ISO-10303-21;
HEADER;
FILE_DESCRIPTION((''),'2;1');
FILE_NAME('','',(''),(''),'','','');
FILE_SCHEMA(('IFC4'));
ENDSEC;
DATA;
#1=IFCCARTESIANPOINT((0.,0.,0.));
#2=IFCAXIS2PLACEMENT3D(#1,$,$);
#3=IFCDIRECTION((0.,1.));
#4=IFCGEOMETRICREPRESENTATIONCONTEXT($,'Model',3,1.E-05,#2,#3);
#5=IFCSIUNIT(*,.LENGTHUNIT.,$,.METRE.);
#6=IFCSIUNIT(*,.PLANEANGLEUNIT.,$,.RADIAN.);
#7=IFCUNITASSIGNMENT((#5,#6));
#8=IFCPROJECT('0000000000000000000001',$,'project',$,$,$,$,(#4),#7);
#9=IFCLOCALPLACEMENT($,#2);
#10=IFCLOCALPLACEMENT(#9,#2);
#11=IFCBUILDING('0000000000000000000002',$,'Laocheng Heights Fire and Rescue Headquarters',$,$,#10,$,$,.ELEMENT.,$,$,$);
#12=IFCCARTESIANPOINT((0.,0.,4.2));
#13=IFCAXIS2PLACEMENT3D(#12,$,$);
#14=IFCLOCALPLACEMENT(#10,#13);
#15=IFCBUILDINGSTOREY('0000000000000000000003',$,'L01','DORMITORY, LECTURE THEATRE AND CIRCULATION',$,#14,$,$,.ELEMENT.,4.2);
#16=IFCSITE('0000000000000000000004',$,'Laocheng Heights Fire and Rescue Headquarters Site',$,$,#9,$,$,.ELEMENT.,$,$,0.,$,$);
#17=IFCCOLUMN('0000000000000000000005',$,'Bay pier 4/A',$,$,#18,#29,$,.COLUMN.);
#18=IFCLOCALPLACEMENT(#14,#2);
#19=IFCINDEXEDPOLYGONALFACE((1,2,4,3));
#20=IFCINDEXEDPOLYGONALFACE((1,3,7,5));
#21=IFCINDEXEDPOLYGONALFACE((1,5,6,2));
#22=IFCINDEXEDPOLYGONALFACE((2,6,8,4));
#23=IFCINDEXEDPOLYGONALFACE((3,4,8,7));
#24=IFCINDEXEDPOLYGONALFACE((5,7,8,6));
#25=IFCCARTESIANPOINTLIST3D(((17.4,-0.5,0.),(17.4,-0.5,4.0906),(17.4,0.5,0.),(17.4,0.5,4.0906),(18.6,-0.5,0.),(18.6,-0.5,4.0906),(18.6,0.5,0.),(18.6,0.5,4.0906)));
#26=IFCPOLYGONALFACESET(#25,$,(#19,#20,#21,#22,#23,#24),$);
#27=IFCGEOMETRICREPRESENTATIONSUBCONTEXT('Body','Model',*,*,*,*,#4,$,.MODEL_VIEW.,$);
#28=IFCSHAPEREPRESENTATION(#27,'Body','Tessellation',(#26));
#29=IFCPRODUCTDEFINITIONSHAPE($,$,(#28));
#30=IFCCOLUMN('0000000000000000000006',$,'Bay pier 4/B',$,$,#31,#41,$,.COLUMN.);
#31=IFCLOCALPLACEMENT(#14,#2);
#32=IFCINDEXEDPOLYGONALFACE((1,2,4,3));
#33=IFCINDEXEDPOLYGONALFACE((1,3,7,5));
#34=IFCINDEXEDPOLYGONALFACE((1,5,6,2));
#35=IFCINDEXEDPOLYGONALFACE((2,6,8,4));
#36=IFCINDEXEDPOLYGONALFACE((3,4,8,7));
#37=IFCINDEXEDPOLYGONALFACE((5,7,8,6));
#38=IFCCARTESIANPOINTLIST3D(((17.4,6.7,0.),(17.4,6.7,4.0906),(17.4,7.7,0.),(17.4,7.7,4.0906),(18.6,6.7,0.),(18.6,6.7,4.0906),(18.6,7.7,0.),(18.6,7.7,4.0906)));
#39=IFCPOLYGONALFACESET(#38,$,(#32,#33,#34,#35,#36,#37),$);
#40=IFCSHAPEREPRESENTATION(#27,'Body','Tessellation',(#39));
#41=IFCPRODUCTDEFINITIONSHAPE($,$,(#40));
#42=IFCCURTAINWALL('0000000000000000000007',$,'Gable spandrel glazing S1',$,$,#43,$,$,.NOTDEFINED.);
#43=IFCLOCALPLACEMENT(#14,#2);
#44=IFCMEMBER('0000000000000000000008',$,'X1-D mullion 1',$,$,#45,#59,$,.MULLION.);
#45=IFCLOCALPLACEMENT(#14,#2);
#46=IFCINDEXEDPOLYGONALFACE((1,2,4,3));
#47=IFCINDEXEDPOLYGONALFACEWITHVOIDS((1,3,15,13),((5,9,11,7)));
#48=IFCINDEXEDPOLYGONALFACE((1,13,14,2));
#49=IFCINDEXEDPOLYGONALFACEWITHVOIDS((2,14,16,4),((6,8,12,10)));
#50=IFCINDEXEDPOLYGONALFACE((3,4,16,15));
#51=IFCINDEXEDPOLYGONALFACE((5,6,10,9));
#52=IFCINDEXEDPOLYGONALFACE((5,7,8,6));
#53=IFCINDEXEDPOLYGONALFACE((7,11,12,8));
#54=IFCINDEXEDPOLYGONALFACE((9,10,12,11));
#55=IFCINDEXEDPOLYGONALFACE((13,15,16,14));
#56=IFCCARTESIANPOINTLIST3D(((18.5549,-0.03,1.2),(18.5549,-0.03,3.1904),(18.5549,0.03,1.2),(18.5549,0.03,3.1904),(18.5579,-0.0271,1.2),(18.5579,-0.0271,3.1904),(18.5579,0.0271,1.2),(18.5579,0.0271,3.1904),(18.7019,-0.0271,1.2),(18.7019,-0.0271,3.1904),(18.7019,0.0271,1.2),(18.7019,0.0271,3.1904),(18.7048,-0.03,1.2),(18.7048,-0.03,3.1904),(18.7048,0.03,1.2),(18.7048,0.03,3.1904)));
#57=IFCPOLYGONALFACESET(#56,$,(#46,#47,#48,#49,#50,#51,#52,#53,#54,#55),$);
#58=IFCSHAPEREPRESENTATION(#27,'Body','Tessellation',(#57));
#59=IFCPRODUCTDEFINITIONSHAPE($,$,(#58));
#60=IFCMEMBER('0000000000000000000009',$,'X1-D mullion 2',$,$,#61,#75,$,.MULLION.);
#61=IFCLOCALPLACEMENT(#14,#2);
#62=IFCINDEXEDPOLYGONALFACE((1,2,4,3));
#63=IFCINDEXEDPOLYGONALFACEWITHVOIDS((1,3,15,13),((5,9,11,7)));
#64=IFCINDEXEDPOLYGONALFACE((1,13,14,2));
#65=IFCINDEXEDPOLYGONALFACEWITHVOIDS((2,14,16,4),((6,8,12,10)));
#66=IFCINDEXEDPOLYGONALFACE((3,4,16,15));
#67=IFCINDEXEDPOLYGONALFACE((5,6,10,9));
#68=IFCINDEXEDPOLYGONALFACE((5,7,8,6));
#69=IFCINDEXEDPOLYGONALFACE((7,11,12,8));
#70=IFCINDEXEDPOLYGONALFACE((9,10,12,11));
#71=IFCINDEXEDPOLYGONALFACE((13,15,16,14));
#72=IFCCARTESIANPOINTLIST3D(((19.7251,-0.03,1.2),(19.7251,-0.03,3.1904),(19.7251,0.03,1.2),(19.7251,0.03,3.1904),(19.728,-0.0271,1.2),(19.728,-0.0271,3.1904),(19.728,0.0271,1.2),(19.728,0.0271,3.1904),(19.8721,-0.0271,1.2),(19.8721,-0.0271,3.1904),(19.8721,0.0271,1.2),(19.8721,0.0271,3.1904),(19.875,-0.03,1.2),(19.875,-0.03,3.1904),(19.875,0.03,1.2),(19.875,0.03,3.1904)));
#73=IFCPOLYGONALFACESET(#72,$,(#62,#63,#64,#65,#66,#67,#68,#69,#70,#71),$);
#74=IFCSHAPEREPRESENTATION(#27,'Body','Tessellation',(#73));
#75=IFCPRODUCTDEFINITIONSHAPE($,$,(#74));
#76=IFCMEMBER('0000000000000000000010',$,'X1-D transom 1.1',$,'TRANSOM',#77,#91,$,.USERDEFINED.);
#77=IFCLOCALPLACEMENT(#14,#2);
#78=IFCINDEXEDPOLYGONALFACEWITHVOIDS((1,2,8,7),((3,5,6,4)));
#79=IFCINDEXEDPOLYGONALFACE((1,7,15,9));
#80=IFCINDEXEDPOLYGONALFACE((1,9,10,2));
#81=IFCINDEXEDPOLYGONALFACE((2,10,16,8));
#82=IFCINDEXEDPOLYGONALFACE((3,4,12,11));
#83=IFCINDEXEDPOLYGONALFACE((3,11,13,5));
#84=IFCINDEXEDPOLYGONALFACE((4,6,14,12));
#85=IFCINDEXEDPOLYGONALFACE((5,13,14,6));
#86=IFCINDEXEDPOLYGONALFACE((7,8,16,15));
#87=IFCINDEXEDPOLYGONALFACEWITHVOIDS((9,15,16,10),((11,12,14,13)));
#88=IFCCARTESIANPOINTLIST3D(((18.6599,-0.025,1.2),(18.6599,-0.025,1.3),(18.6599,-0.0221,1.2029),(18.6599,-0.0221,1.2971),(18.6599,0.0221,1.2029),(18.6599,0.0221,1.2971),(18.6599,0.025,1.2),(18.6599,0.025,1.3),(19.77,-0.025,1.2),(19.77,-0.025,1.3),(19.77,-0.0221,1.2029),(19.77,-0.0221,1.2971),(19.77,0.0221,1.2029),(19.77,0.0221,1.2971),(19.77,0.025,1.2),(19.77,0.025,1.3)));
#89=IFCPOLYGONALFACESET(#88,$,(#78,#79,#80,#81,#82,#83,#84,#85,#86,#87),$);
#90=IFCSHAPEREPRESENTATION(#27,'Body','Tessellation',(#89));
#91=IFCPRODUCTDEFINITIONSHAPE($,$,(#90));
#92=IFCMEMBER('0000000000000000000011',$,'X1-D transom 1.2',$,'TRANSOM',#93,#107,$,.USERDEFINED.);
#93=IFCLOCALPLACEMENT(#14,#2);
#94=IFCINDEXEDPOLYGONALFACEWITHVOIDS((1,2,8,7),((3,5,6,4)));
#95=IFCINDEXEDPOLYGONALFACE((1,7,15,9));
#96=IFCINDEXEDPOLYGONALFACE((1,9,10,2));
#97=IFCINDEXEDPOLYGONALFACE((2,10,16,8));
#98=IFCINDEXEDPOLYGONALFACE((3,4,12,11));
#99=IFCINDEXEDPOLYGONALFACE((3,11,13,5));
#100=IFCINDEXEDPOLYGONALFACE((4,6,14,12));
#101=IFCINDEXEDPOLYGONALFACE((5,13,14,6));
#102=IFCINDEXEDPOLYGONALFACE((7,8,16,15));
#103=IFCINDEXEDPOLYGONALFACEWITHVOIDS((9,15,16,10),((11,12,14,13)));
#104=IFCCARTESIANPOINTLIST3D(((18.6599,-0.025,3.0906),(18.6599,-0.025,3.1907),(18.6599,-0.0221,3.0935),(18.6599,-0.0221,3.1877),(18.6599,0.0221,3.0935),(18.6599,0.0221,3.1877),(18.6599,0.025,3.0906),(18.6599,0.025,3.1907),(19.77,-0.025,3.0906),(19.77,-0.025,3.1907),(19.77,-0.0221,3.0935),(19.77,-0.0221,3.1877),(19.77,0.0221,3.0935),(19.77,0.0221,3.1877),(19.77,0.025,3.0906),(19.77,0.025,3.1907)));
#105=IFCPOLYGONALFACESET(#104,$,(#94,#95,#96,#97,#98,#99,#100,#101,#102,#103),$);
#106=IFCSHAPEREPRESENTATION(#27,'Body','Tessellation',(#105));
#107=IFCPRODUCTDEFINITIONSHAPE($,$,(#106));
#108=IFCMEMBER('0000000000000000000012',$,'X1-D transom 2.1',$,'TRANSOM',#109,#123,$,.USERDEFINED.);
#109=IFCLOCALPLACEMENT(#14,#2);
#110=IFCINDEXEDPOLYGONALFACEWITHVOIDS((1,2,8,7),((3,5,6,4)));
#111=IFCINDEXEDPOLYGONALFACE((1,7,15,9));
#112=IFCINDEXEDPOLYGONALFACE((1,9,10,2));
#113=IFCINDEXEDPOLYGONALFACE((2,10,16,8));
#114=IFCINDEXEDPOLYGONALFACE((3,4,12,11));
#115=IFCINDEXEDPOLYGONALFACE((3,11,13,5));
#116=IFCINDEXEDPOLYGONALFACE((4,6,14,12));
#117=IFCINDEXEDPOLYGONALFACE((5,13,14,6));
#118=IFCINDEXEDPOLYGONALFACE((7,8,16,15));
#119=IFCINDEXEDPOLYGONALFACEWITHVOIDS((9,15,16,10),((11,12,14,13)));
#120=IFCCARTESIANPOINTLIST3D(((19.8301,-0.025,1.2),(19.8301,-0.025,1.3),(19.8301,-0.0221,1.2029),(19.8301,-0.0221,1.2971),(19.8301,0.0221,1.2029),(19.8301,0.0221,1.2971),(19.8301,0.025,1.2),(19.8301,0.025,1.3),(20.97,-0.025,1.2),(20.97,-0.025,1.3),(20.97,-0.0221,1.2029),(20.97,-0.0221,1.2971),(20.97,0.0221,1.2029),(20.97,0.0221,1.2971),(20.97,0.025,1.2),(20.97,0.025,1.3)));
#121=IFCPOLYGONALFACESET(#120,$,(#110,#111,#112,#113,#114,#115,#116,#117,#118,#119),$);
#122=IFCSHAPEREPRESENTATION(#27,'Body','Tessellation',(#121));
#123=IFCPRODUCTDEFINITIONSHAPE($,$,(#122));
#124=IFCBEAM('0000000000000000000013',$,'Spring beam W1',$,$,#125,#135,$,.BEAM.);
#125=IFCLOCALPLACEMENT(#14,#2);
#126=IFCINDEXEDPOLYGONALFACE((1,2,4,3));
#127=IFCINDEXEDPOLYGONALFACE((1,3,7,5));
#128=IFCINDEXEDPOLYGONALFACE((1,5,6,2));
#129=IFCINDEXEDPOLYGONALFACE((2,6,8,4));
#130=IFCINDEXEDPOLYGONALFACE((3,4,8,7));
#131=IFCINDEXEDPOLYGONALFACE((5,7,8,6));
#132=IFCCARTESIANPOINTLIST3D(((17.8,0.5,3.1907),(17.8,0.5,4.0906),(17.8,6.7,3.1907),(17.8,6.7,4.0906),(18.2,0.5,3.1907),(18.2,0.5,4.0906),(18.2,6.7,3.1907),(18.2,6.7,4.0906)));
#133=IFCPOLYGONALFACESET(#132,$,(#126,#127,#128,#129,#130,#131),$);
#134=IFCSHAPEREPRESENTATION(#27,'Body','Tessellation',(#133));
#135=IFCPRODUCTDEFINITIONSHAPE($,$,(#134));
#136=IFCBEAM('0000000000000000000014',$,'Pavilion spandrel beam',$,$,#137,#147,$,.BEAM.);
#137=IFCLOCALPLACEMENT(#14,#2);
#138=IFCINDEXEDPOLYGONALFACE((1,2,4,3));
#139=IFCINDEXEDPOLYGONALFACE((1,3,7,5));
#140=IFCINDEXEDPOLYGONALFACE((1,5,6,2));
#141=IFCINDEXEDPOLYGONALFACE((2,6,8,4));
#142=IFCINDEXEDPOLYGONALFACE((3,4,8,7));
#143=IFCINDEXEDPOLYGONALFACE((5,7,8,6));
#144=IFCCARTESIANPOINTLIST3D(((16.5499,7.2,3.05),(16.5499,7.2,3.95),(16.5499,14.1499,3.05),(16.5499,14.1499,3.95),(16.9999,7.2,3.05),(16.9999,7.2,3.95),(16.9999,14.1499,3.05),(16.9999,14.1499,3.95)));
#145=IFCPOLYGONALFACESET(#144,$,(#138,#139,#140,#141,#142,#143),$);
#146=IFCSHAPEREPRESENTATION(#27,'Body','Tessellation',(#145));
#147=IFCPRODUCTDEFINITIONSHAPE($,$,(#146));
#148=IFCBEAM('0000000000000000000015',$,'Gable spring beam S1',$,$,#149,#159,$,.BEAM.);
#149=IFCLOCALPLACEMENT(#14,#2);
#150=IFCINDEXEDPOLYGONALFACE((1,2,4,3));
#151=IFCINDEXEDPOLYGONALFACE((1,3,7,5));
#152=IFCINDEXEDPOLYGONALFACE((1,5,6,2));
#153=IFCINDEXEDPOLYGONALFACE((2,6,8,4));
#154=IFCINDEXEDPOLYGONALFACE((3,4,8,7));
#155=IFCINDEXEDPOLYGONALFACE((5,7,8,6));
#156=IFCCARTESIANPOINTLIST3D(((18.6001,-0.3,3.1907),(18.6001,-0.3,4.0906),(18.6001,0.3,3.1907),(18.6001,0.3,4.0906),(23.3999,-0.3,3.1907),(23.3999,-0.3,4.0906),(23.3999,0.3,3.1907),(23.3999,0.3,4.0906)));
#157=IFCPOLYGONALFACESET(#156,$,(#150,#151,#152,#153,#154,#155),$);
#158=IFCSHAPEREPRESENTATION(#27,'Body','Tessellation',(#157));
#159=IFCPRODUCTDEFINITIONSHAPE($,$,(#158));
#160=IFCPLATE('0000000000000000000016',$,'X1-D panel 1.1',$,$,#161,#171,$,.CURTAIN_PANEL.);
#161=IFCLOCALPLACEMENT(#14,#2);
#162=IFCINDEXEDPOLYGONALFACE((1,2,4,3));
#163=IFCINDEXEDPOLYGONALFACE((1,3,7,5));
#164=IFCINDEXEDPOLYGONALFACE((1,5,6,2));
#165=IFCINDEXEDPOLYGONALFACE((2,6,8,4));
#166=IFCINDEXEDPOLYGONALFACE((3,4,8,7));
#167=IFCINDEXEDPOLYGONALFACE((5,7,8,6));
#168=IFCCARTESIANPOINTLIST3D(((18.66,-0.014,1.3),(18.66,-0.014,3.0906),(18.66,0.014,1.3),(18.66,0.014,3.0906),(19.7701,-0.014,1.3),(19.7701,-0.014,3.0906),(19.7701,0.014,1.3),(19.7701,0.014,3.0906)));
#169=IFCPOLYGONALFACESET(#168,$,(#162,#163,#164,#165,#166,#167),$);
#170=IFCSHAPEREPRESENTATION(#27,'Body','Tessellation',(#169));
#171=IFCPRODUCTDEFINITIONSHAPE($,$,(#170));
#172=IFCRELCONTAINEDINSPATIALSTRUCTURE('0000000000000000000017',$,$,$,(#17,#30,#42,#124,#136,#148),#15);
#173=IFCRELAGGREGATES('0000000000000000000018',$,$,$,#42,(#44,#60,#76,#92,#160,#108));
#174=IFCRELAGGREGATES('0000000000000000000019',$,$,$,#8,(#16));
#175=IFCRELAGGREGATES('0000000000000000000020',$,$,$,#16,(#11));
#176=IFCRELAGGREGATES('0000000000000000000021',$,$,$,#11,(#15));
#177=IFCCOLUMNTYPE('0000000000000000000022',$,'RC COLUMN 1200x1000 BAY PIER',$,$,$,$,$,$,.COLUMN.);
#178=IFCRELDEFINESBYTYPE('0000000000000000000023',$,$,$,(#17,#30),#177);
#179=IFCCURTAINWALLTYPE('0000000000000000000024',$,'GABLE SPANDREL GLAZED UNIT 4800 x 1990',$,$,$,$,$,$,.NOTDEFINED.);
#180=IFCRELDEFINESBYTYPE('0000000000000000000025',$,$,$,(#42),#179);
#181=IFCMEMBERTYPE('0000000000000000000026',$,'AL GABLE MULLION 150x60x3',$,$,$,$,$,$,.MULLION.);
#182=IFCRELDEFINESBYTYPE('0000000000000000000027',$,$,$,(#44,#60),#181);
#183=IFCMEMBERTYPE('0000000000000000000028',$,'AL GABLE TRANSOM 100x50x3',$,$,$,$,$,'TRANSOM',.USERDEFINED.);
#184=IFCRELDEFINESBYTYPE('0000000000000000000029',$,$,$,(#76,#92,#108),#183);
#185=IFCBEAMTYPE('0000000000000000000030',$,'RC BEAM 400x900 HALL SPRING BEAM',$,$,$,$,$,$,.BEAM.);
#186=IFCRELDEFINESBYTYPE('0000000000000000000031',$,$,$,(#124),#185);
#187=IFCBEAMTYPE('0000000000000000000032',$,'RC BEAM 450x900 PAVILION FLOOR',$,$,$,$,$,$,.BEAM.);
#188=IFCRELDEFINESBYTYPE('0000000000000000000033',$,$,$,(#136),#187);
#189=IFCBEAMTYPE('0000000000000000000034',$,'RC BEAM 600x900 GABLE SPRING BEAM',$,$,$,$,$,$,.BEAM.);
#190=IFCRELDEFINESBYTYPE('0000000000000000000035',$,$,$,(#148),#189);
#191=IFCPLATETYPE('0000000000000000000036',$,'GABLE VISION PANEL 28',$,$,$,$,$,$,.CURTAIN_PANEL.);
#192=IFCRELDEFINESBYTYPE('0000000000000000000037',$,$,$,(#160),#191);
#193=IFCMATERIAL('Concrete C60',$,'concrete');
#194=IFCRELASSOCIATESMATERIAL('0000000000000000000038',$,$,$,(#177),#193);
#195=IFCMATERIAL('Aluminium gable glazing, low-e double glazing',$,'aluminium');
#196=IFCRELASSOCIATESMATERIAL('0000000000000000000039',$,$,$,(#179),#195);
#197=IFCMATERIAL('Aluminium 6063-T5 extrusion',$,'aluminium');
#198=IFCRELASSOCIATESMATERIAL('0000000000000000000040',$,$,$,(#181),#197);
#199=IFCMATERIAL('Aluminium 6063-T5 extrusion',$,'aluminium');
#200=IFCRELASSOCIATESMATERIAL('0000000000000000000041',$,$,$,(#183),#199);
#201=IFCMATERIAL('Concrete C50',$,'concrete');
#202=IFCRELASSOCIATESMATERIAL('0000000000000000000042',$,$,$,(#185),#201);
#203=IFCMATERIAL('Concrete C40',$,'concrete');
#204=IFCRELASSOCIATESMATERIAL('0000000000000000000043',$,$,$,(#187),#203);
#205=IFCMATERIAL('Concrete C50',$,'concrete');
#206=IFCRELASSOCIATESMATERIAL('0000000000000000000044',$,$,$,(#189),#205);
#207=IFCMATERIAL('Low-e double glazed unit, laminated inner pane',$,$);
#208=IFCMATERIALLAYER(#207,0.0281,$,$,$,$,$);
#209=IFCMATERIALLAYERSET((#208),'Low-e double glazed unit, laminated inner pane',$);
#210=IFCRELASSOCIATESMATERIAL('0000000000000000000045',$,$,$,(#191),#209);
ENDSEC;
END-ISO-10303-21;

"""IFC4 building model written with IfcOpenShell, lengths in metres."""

from ifc_helpers import new_model, si_unit, direction, frame, origin, origin_2d, place, context, subcontext, project, spatial, rectangle, hollow_rectangle, extrude, material, layer, layer_set, material_profile, profile_set, type_object, element, aggregate, save


model = new_model("IFC4")

# Units and contexts
model_context = context("Model", 3, precision=1e-05, world=origin(), true_north=direction((0.0, 1.0)))
body_context = subcontext(model_context, "Body", "Model", "MODEL_VIEW")
ifc_project = project(units=[si_unit("LENGTHUNIT", "METRE"), si_unit("PLANEANGLEUNIT", "RADIAN")], contexts=[model_context])

# Site, building, storey
site_placement = place(None, origin())
site = spatial("IfcSite", under=ifc_project, at=site_placement, Name="Laocheng Heights Fire and Rescue Headquarters Site", CompositionType="ELEMENT", RefElevation=0.0)
building_placement = place(site_placement, origin())
building = spatial("IfcBuilding", under=site, at=building_placement, Name="Laocheng Heights Fire and Rescue Headquarters", CompositionType="ELEMENT")
storey_placement = place(building_placement, frame((0.0, 0.0, 4.2)))
storey = spatial("IfcBuildingStorey", under=building, at=storey_placement, Name="L01", Description="DORMITORY, LECTURE THEATRE AND CIRCULATION", CompositionType="ELEMENT", Elevation=4.2)

# Columns
ifc_material_1 = material(Name="Concrete C60", Category="concrete")
ifc_material_profile_1 = material_profile(ifc_material_1, rectangle(XDim=1.2, YDim=1.0, at=origin_2d()), Name="RC COLUMN 1200x1000 BAY PIER")
ifc_profile_set_1 = profile_set([ifc_material_profile_1], Name="Concrete C60")
column_type = type_object("IfcColumnType", Name="RC COLUMN 1200x1000 BAY PIER", PredefinedType="COLUMN", material=ifc_profile_set_1)
for number, where, z_axis, x_axis, name in (
    (1, (18.0, 0.0, 0.0), (0.0, 0.0, 1.0), (1.0, 0.0, 0.0), "Bay pier 4/A"),
    (2, (18.0, 7.2, 0.0), (0.0, 0.0, 1.0), (1.0, 0.0, 0.0), "Bay pier 4/B"),
):
    element("IfcColumn", number, at=place(storey_placement, frame(where, z_axis=z_axis, x_axis=x_axis)), inside=storey, type_object=column_type, Name=name, PredefinedType="COLUMN", context=body_context, shape_type="SweptSolid", body=[
        extrude(rectangle(XDim=1.2, YDim=1.0, at=origin_2d()), origin(), (0.0, 0.0, 1.0), 4.0906),
    ])

# Curtain wall, members
ifc_material_2 = material(Name="Aluminium gable glazing, low-e double glazing", Category="aluminium")
curtain_wall_type = type_object("IfcCurtainWallType", Name="GABLE SPANDREL GLAZED UNIT 4800 x 1990", PredefinedType="NOTDEFINED", material=ifc_material_2)
curtain_wall_placement = place(storey_placement, origin())
curtain_wall = element("IfcCurtainWall", 3, at=curtain_wall_placement, inside=storey, type_object=curtain_wall_type, Name="Gable spandrel glazing S1", PredefinedType="NOTDEFINED")
ifc_material_3 = material(Name="Aluminium 6063-T5 extrusion", Category="aluminium")
ifc_material_profile_2 = material_profile(ifc_material_3, hollow_rectangle(XDim=0.0601, YDim=0.1499, WallThickness=0.0029, at=origin_2d()), Name="AL MULLION 150x60x3")
ifc_profile_set_2 = profile_set([ifc_material_profile_2], Name="Aluminium 6063-T5 extrusion")
member_type_1 = type_object("IfcMemberType", Name="AL GABLE MULLION 150x60x3", PredefinedType="MULLION", material=ifc_profile_set_2)
member_1_placement = place(storey_placement, frame((18.6299, 0.0, 1.2), z_axis=(0.0, 0.0, 1.0), x_axis=(0.0, 1.0, 0.0)))
member_1 = element("IfcMember", 4, at=member_1_placement, type_object=member_type_1, Name="X1-D mullion 1", PredefinedType="MULLION", context=body_context, shape_type="SweptSolid", body=[
    extrude(hollow_rectangle(XDim=0.0601, YDim=0.1499, WallThickness=0.0029, at=origin_2d()), origin(), (0.0, 0.0, 1.0), 1.9905),
])
member_2_placement = place(storey_placement, frame((19.8, 0.0, 1.2), z_axis=(0.0, 0.0, 1.0), x_axis=(0.0, 1.0, 0.0)))
member_2 = element("IfcMember", 5, at=member_2_placement, type_object=member_type_1, Name="X1-D mullion 2", PredefinedType="MULLION", context=body_context, shape_type="SweptSolid", body=[
    extrude(hollow_rectangle(XDim=0.0601, YDim=0.1499, WallThickness=0.0029, at=origin_2d()), origin(), (0.0, 0.0, 1.0), 1.9905),
])
ifc_material_4 = material(Name="Aluminium 6063-T5 extrusion", Category="aluminium")
ifc_material_profile_3 = material_profile(ifc_material_4, hollow_rectangle(XDim=0.05, YDim=0.1001, WallThickness=0.0029, at=origin_2d()), Name="AL TRANSOM 100x50x3")
ifc_profile_set_3 = profile_set([ifc_material_profile_3], Name="Aluminium 6063-T5 extrusion")
member_type_2 = type_object("IfcMemberType", Name="AL GABLE TRANSOM 100x50x3", ElementType="TRANSOM", PredefinedType="USERDEFINED", material=ifc_profile_set_3)
member_3_placement = place(storey_placement, frame((18.6599, 0.0, 1.25), z_axis=(1.0, 0.0, 0.0), x_axis=(0.0, 1.0, 0.0)))
member_3 = element("IfcMember", 6, at=member_3_placement, type_object=member_type_2, Name="X1-D transom 1.1", ObjectType="TRANSOM", PredefinedType="USERDEFINED", context=body_context, shape_type="SweptSolid", body=[
    extrude(hollow_rectangle(XDim=0.05, YDim=0.1001, WallThickness=0.0029, at=origin_2d()), origin(), (0.0, 0.0, 1.0), 1.1101),
])
member_4_placement = place(storey_placement, frame((18.6599, 0.0, 3.1406), z_axis=(1.0, 0.0, 0.0), x_axis=(0.0, 1.0, 0.0)))
member_4 = element("IfcMember", 7, at=member_4_placement, type_object=member_type_2, Name="X1-D transom 1.2", ObjectType="TRANSOM", PredefinedType="USERDEFINED", context=body_context, shape_type="SweptSolid", body=[
    extrude(hollow_rectangle(XDim=0.05, YDim=0.1001, WallThickness=0.0029, at=origin_2d()), origin(), (0.0, 0.0, 1.0), 1.1101),
])
member_5_placement = place(storey_placement, frame((19.8301, 0.0, 1.25), z_axis=(1.0, 0.0, 0.0), x_axis=(0.0, 1.0, 0.0)))
member_5 = element("IfcMember", 8, at=member_5_placement, type_object=member_type_2, Name="X1-D transom 2.1", ObjectType="TRANSOM", PredefinedType="USERDEFINED", context=body_context, shape_type="SweptSolid", body=[
    extrude(hollow_rectangle(XDim=0.05, YDim=0.1001, WallThickness=0.0029, at=origin_2d()), origin(), (0.0, 0.0, 1.0), 1.1399),
])

# Beams
ifc_material_5 = material(Name="Concrete C50", Category="concrete")
ifc_material_profile_4 = material_profile(ifc_material_5, rectangle(XDim=0.3999, YDim=0.8999, at=origin_2d()), Name="RC BEAM 400x900 HALL SPRING BEAM")
ifc_profile_set_4 = profile_set([ifc_material_profile_4], Name="Concrete C50")
beam_type_1 = type_object("IfcBeamType", Name="RC BEAM 400x900 HALL SPRING BEAM", PredefinedType="BEAM", material=ifc_profile_set_4)
beam_1_placement = place(storey_placement, frame((18.0, 0.5, 3.6406), z_axis=(0.0, 1.0, 0.0), x_axis=(-1.0, 0.0, 0.0)))
element("IfcBeam", 9, at=beam_1_placement, inside=storey, type_object=beam_type_1, Name="Spring beam W1", PredefinedType="BEAM", context=body_context, shape_type="SweptSolid", body=[
    extrude(rectangle(XDim=0.3999, YDim=0.8999, at=origin_2d()), origin(), (0.0, 0.0, 1.0), 6.2),
])
ifc_material_6 = material(Name="Concrete C40", Category="concrete")
ifc_material_profile_5 = material_profile(ifc_material_6, rectangle(XDim=0.45, YDim=0.8999, at=origin_2d()), Name="RC BEAM 450x900 PAVILION FLOOR")
ifc_profile_set_5 = profile_set([ifc_material_profile_5], Name="Concrete C40")
beam_type_2 = type_object("IfcBeamType", Name="RC BEAM 450x900 PAVILION FLOOR", PredefinedType="BEAM", material=ifc_profile_set_5)
beam_2_placement = place(storey_placement, frame((16.7749, 7.2, 3.5), z_axis=(0.0, 1.0, 0.0), x_axis=(-1.0, 0.0, 0.0)))
element("IfcBeam", 10, at=beam_2_placement, inside=storey, type_object=beam_type_2, Name="Pavilion spandrel beam", PredefinedType="BEAM", context=body_context, shape_type="SweptSolid", body=[
    extrude(rectangle(XDim=0.45, YDim=0.8999, at=origin_2d()), origin(), (0.0, 0.0, 1.0), 6.95),
])
ifc_material_7 = material(Name="Concrete C50", Category="concrete")
ifc_material_profile_6 = material_profile(ifc_material_7, rectangle(XDim=0.6001, YDim=0.8999, at=origin_2d()), Name="RC BEAM 600x900 GABLE SPRING BEAM")
ifc_profile_set_6 = profile_set([ifc_material_profile_6], Name="Concrete C50")
beam_type_3 = type_object("IfcBeamType", Name="RC BEAM 600x900 GABLE SPRING BEAM", PredefinedType="BEAM", material=ifc_profile_set_6)
beam_3_placement = place(storey_placement, frame((18.6001, 0.0, 3.6406), z_axis=(1.0, 0.0, 0.0), x_axis=(0.0, 1.0, 0.0)))
element("IfcBeam", 11, at=beam_3_placement, inside=storey, type_object=beam_type_3, Name="Gable spring beam S1", PredefinedType="BEAM", context=body_context, shape_type="SweptSolid", body=[
    extrude(rectangle(XDim=0.6001, YDim=0.8999, at=origin_2d()), origin(), (0.0, 0.0, 1.0), 4.7998),
])

# Plate
ifc_material_8 = material(Name="Low-e double glazed unit, laminated inner pane")
ifc_layer_1 = layer(ifc_material_8, 0.0281)
ifc_layer_set_1 = layer_set([ifc_layer_1], Name="Low-e double glazed unit, laminated inner pane")
plate_type = type_object("IfcPlateType", Name="GABLE VISION PANEL 28", PredefinedType="CURTAIN_PANEL", material=ifc_layer_set_1)
plate_placement = place(storey_placement, frame((19.2151, 0.0, 1.3), z_axis=(0.0, 0.0, 1.0), x_axis=(1.0, 0.0, 0.0)))
plate = element("IfcPlate", 12, at=plate_placement, type_object=plate_type, Name="X1-D panel 1.1", PredefinedType="CURTAIN_PANEL", context=body_context, shape_type="SweptSolid", body=[
    extrude(rectangle(XDim=1.1101, YDim=0.0281, at=origin_2d()), origin(), (0.0, 0.0, 1.0), 1.7905),
])
aggregate(curtain_wall, [member_1, member_2, member_3, member_4, plate, member_5])

save(model, "model.ifc")
